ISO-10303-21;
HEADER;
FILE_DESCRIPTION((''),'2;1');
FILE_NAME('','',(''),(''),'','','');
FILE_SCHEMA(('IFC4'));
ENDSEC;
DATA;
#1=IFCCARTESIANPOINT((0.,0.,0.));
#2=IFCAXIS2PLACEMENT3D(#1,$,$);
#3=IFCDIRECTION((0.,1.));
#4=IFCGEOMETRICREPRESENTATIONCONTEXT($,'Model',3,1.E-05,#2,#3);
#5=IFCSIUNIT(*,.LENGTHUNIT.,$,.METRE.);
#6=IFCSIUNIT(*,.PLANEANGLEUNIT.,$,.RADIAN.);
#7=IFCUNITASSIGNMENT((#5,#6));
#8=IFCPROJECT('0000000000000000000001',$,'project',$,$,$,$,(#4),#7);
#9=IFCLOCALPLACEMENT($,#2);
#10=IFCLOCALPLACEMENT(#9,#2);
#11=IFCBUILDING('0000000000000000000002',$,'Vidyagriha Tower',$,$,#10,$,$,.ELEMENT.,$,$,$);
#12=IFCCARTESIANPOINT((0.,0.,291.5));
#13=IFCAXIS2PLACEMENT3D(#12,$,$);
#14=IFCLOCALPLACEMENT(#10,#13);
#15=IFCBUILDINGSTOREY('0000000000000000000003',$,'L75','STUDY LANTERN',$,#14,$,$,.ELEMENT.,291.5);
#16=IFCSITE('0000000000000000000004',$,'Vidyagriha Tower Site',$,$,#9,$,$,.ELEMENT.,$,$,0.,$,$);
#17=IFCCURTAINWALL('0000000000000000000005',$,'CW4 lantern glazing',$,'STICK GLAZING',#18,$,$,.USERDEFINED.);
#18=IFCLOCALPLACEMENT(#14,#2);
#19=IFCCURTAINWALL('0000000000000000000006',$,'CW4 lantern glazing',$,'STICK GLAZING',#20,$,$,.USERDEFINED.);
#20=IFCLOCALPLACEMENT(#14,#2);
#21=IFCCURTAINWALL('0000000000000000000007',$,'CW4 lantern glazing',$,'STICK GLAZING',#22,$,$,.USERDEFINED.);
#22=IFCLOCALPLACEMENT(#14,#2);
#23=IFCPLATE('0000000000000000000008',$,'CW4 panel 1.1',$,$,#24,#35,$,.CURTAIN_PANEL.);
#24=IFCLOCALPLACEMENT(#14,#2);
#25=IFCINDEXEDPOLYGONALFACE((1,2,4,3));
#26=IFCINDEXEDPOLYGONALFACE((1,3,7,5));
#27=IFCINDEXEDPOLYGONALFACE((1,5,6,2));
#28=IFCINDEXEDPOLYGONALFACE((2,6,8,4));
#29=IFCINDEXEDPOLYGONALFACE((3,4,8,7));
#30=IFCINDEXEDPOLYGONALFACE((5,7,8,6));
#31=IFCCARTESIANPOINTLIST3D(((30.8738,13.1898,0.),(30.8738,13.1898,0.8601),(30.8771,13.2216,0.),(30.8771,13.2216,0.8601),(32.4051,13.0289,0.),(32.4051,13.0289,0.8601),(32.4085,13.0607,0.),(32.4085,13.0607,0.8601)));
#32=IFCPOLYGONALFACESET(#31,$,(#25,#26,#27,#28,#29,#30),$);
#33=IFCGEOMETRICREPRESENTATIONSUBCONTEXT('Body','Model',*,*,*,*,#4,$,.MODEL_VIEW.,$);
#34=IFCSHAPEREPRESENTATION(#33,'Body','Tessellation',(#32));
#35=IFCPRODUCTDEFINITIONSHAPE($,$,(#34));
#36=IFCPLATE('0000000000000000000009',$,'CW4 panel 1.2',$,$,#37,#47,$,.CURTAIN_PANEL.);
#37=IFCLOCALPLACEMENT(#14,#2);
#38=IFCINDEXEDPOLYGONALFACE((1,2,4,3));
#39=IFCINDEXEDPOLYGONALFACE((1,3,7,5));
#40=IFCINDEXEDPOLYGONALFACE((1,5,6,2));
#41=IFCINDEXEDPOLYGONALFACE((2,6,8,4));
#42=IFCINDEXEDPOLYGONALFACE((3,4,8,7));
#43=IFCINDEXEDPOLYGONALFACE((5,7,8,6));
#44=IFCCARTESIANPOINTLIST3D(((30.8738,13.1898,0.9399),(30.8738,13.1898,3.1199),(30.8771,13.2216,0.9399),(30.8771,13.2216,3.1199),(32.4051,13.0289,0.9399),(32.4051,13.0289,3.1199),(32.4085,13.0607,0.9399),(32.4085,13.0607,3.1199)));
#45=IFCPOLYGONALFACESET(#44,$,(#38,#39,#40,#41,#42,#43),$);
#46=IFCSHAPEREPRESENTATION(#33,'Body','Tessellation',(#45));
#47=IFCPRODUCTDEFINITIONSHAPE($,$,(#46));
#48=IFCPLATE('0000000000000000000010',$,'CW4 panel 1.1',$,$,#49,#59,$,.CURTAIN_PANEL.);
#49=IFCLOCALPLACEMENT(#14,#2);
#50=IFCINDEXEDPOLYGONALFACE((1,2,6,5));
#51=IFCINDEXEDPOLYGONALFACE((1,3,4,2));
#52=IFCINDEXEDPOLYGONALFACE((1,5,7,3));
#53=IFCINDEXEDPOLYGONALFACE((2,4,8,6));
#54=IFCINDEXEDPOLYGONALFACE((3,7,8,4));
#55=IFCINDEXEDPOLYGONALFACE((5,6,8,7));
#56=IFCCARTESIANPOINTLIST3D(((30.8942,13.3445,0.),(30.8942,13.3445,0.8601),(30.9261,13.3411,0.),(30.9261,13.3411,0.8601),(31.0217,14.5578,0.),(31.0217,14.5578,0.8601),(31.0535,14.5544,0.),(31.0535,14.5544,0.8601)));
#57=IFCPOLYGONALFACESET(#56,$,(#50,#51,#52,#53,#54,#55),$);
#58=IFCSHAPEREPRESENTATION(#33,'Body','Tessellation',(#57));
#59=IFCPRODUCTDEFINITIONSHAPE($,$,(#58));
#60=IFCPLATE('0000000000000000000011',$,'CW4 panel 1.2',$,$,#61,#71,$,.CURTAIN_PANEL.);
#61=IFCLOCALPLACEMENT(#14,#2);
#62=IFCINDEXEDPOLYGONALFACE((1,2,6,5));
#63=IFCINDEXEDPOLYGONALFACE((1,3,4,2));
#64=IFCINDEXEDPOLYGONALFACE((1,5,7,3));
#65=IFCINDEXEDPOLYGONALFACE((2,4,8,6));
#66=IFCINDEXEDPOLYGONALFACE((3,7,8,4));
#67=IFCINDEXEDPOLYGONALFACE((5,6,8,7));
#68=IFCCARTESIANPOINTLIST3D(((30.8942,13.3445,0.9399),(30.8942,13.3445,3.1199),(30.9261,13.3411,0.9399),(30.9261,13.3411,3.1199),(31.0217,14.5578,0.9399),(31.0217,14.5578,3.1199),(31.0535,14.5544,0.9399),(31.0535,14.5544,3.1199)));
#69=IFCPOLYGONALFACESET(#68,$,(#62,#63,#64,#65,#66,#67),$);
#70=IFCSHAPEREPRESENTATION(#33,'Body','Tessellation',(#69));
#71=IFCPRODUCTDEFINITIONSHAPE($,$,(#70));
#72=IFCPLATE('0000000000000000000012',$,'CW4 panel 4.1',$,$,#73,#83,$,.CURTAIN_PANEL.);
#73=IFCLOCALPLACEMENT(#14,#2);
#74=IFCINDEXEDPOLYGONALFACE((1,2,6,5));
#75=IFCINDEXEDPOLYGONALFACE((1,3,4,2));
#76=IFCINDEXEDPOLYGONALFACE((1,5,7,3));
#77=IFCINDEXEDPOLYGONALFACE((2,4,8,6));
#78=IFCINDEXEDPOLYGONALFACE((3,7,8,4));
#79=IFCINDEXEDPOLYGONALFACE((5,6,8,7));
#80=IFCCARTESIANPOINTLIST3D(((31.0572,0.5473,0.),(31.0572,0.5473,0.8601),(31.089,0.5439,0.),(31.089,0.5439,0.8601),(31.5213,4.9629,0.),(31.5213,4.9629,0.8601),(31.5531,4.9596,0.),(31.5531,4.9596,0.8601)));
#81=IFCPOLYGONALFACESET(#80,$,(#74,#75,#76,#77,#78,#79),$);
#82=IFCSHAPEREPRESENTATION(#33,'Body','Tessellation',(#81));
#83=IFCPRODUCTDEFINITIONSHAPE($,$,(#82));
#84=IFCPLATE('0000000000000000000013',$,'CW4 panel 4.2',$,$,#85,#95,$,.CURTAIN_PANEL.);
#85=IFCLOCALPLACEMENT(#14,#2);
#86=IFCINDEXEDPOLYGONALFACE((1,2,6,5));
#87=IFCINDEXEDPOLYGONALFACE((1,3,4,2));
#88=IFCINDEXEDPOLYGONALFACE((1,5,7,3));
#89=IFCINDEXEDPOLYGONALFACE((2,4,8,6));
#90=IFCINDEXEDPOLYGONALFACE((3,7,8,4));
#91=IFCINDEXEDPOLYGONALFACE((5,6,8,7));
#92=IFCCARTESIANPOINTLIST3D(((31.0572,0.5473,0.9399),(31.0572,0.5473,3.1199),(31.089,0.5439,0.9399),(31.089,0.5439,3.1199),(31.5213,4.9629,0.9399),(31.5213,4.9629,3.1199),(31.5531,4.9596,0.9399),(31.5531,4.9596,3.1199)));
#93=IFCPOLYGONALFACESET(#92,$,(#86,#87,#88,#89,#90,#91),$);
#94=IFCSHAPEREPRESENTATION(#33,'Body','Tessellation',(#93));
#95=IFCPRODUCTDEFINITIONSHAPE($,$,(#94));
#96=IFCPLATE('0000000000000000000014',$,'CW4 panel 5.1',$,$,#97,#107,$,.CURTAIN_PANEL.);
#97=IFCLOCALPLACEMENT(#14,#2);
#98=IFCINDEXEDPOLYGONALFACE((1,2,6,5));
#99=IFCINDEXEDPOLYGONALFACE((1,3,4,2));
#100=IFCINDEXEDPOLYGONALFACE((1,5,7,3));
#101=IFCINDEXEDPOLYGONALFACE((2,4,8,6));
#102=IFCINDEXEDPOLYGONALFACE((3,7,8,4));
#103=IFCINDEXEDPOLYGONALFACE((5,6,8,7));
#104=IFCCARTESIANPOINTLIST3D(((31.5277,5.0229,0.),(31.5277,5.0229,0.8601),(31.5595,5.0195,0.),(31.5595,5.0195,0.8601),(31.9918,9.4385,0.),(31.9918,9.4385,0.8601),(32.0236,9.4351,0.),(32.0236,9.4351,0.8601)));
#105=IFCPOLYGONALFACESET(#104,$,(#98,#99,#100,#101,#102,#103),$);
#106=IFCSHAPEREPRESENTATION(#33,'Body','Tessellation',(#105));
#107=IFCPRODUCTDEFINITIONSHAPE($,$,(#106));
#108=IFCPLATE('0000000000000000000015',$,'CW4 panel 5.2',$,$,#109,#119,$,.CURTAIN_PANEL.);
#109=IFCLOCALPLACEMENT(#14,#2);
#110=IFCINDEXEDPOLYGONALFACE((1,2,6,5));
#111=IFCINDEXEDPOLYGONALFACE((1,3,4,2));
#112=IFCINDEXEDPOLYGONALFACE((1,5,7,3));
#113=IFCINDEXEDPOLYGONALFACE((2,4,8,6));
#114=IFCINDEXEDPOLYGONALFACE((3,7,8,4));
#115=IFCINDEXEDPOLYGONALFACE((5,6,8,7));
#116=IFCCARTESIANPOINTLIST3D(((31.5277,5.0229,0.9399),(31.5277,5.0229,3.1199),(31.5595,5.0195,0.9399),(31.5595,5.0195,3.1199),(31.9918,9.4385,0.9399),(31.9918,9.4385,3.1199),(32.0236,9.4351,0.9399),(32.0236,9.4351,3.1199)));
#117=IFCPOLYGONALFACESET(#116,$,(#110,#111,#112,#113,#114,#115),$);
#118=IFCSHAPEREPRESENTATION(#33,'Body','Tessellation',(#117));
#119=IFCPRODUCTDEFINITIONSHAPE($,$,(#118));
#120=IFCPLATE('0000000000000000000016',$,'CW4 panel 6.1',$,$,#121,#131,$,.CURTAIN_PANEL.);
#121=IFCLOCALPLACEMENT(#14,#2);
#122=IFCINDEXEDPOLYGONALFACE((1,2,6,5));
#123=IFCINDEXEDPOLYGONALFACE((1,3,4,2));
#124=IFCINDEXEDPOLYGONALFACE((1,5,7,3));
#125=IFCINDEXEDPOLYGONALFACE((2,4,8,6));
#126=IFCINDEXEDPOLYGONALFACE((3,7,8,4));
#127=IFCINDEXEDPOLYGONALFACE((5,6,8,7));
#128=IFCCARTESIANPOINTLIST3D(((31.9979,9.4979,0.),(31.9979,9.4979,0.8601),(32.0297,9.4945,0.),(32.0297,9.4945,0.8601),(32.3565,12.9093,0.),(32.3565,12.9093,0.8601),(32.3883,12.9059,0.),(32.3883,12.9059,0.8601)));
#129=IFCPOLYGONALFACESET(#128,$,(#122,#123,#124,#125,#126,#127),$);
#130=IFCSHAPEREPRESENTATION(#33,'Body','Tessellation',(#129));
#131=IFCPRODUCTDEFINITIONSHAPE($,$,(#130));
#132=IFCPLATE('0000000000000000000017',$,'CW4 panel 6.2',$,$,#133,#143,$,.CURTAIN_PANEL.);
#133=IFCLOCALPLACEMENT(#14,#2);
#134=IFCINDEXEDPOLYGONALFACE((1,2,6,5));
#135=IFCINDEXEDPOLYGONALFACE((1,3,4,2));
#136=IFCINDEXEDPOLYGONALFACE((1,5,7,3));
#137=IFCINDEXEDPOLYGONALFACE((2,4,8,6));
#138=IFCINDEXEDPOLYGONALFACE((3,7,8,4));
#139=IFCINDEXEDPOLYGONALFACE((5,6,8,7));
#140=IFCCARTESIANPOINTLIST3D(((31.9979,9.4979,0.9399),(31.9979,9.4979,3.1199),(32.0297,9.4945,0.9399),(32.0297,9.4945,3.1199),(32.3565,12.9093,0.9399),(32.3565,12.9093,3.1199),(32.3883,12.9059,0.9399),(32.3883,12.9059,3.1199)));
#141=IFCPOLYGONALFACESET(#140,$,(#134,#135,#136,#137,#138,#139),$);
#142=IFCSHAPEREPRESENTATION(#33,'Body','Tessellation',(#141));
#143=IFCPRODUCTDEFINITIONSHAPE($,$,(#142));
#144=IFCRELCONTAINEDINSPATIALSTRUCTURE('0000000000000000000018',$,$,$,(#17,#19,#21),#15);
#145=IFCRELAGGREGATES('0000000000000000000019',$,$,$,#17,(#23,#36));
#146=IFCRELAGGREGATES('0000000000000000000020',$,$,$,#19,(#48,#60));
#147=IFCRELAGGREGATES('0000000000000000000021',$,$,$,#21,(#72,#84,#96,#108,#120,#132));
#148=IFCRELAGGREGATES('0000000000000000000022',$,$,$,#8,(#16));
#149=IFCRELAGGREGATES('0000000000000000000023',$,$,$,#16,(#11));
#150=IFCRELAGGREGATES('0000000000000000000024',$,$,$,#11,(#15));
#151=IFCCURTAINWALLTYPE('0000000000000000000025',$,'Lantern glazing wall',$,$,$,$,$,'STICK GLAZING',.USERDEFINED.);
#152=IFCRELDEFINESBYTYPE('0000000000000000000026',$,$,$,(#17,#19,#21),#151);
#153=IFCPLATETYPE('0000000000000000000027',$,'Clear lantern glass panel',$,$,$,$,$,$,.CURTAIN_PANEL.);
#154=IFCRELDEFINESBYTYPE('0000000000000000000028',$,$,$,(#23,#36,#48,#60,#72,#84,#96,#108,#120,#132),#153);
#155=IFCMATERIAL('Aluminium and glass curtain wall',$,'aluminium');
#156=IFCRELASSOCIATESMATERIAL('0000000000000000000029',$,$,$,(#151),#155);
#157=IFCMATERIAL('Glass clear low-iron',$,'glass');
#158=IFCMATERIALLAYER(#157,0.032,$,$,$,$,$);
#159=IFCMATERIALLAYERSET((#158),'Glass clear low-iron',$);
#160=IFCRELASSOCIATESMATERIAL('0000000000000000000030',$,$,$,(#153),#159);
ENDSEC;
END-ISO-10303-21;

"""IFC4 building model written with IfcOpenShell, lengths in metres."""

from ifc_helpers import new_model, si_unit, direction, frame, origin, origin_2d, place, context, subcontext, project, spatial, rectangle, extrude, material, layer, layer_set, type_object, element, aggregate, save


model = new_model("IFC4")

# Units and contexts
model_context = context("Model", 3, precision=1e-05, world=origin(), true_north=direction((0.0, 1.0)))
body_context = subcontext(model_context, "Body", "Model", "MODEL_VIEW")
ifc_project = project(units=[si_unit("LENGTHUNIT", "METRE"), si_unit("PLANEANGLEUNIT", "RADIAN")], contexts=[model_context])

# Site, building, storey
site_placement = place(None, origin())
site = spatial("IfcSite", under=ifc_project, at=site_placement, Name="Vidyagriha Tower Site", CompositionType="ELEMENT", RefElevation=0.0)
building_placement = place(site_placement, origin())
building = spatial("IfcBuilding", under=site, at=building_placement, Name="Vidyagriha Tower", CompositionType="ELEMENT")
storey_placement = place(building_placement, frame((0.0, 0.0, 291.5)))
storey = spatial("IfcBuildingStorey", under=building, at=storey_placement, Name="L75", Description="STUDY LANTERN", CompositionType="ELEMENT", Elevation=291.5)

# Curtain wall
ifc_material_1 = material(Name="Aluminium and glass curtain wall", Category="aluminium")
curtain_wall_type = type_object("IfcCurtainWallType", Name="Lantern glazing wall", ElementType="STICK GLAZING", PredefinedType="USERDEFINED", material=ifc_material_1)
curtain_wall_1_placement = place(storey_placement, origin())
curtain_wall_1 = element("IfcCurtainWall", 1, at=curtain_wall_1_placement, inside=storey, type_object=curtain_wall_type, Name="CW4 lantern glazing", ObjectType="STICK GLAZING", PredefinedType="USERDEFINED")

# Curtain wall
curtain_wall_2_placement = place(storey_placement, origin())
curtain_wall_2 = element("IfcCurtainWall", 2, at=curtain_wall_2_placement, inside=storey, type_object=curtain_wall_type, Name="CW4 lantern glazing", ObjectType="STICK GLAZING", PredefinedType="USERDEFINED")

# Curtain wall
curtain_wall_3_placement = place(storey_placement, origin())
curtain_wall_3 = element("IfcCurtainWall", 3, at=curtain_wall_3_placement, inside=storey, type_object=curtain_wall_type, Name="CW4 lantern glazing", ObjectType="STICK GLAZING", PredefinedType="USERDEFINED")

# Plates
ifc_material_2 = material(Name="Glass clear low-iron", Category="glass")
ifc_layer = layer(ifc_material_2, 0.032)
ifc_layer_set = layer_set([ifc_layer], Name="Glass clear low-iron")
plate_type = type_object("IfcPlateType", Name="Clear lantern glass panel", PredefinedType="CURTAIN_PANEL", material=ifc_layer_set)
plate_1_placement = place(storey_placement, frame((31.6411, 13.1252, 0.0), z_axis=(0.0, 0.0, 1.0), x_axis=(-0.994529, 0.104465, 0.0)))
plate_1 = element("IfcPlate", 4, at=plate_1_placement, type_object=plate_type, Name="CW4 panel 1.1", PredefinedType="CURTAIN_PANEL", context=body_context, shape_type="SweptSolid", body=[
    extrude(rectangle(XDim=1.5398, YDim=0.032, at=origin_2d()), origin(), (0.0, 0.0, 1.0), 0.8601),
])
plate_2_placement = place(storey_placement, frame((31.6411, 13.1252, 0.9399), z_axis=(0.0, 0.0, 1.0), x_axis=(-0.994529, 0.104465, 0.0)))
plate_2 = element("IfcPlate", 5, at=plate_2_placement, type_object=plate_type, Name="CW4 panel 1.2", PredefinedType="CURTAIN_PANEL", context=body_context, shape_type="SweptSolid", body=[
    extrude(rectangle(XDim=1.5398, YDim=0.032, at=origin_2d()), origin(), (0.0, 0.0, 1.0), 2.1799),
])
aggregate(curtain_wall_1, [plate_1, plate_2])
plate_3_placement = place(storey_placement, frame((30.9739, 13.9495, 0.0), z_axis=(0.0, 0.0, 1.0), x_axis=(0.104475, 0.994528, 0.0)))
plate_3 = element("IfcPlate", 6, at=plate_3_placement, type_object=plate_type, Name="CW4 panel 1.1", PredefinedType="CURTAIN_PANEL", context=body_context, shape_type="SweptSolid", body=[
    extrude(rectangle(XDim=1.22, YDim=0.032, at=origin_2d()), origin(), (0.0, 0.0, 1.0), 0.8601),
])
plate_4_placement = place(storey_placement, frame((30.9739, 13.9495, 0.9399), z_axis=(0.0, 0.0, 1.0), x_axis=(0.104475, 0.994528, 0.0)))
plate_4 = element("IfcPlate", 7, at=plate_4_placement, type_object=plate_type, Name="CW4 panel 1.2", PredefinedType="CURTAIN_PANEL", context=body_context, shape_type="SweptSolid", body=[
    extrude(rectangle(XDim=1.22, YDim=0.032, at=origin_2d()), origin(), (0.0, 0.0, 1.0), 2.1799),
])
aggregate(curtain_wall_2, [plate_3, plate_4])
plate_5_placement = place(storey_placement, frame((31.3052, 2.7534, 0.0), z_axis=(0.0, 0.0, 1.0), x_axis=(0.104527, 0.994522, 0.0)))
plate_5 = element("IfcPlate", 8, at=plate_5_placement, type_object=plate_type, Name="CW4 panel 4.1", PredefinedType="CURTAIN_PANEL", context=body_context, shape_type="SweptSolid", body=[
    extrude(rectangle(XDim=4.4399, YDim=0.032, at=origin_2d()), origin(), (0.0, 0.0, 1.0), 0.8601),
])
plate_6_placement = place(storey_placement, frame((31.3052, 2.7534, 0.9399), z_axis=(0.0, 0.0, 1.0), x_axis=(0.104527, 0.994522, 0.0)))
plate_6 = element("IfcPlate", 9, at=plate_6_placement, type_object=plate_type, Name="CW4 panel 4.2", PredefinedType="CURTAIN_PANEL", context=body_context, shape_type="SweptSolid", body=[
    extrude(rectangle(XDim=4.4399, YDim=0.032, at=origin_2d()), origin(), (0.0, 0.0, 1.0), 2.1799),
])
plate_7_placement = place(storey_placement, frame((31.7756, 7.229, 0.0), z_axis=(0.0, 0.0, 1.0), x_axis=(0.104527, 0.994522, 0.0)))
plate_7 = element("IfcPlate", 10, at=plate_7_placement, type_object=plate_type, Name="CW4 panel 5.1", PredefinedType="CURTAIN_PANEL", context=body_context, shape_type="SweptSolid", body=[
    extrude(rectangle(XDim=4.4399, YDim=0.032, at=origin_2d()), origin(), (0.0, 0.0, 1.0), 0.8601),
])
plate_8_placement = place(storey_placement, frame((31.7756, 7.229, 0.9399), z_axis=(0.0, 0.0, 1.0), x_axis=(0.104527, 0.994522, 0.0)))
plate_8 = element("IfcPlate", 11, at=plate_8_placement, type_object=plate_type, Name="CW4 panel 5.2", PredefinedType="CURTAIN_PANEL", context=body_context, shape_type="SweptSolid", body=[
    extrude(rectangle(XDim=4.4399, YDim=0.032, at=origin_2d()), origin(), (0.0, 0.0, 1.0), 2.1799),
])
plate_9_placement = place(storey_placement, frame((32.1931, 11.2019, 0.0), z_axis=(0.0, 0.0, 1.0), x_axis=(0.104527, 0.994522, 0.0)))
plate_9 = element("IfcPlate", 12, at=plate_9_placement, type_object=plate_type, Name="CW4 panel 6.1", PredefinedType="CURTAIN_PANEL", context=body_context, shape_type="SweptSolid", body=[
    extrude(rectangle(XDim=3.4302, YDim=0.032, at=origin_2d()), origin(), (0.0, 0.0, 1.0), 0.8601),
])
plate_10_placement = place(storey_placement, frame((32.1931, 11.2019, 0.9399), z_axis=(0.0, 0.0, 1.0), x_axis=(0.104527, 0.994522, 0.0)))
plate_10 = element("IfcPlate", 13, at=plate_10_placement, type_object=plate_type, Name="CW4 panel 6.2", PredefinedType="CURTAIN_PANEL", context=body_context, shape_type="SweptSolid", body=[
    extrude(rectangle(XDim=3.4302, YDim=0.032, at=origin_2d()), origin(), (0.0, 0.0, 1.0), 2.1799),
])
aggregate(curtain_wall_3, [plate_5, plate_6, plate_7, plate_8, plate_9, plate_10])

save(model, "model.ifc")
